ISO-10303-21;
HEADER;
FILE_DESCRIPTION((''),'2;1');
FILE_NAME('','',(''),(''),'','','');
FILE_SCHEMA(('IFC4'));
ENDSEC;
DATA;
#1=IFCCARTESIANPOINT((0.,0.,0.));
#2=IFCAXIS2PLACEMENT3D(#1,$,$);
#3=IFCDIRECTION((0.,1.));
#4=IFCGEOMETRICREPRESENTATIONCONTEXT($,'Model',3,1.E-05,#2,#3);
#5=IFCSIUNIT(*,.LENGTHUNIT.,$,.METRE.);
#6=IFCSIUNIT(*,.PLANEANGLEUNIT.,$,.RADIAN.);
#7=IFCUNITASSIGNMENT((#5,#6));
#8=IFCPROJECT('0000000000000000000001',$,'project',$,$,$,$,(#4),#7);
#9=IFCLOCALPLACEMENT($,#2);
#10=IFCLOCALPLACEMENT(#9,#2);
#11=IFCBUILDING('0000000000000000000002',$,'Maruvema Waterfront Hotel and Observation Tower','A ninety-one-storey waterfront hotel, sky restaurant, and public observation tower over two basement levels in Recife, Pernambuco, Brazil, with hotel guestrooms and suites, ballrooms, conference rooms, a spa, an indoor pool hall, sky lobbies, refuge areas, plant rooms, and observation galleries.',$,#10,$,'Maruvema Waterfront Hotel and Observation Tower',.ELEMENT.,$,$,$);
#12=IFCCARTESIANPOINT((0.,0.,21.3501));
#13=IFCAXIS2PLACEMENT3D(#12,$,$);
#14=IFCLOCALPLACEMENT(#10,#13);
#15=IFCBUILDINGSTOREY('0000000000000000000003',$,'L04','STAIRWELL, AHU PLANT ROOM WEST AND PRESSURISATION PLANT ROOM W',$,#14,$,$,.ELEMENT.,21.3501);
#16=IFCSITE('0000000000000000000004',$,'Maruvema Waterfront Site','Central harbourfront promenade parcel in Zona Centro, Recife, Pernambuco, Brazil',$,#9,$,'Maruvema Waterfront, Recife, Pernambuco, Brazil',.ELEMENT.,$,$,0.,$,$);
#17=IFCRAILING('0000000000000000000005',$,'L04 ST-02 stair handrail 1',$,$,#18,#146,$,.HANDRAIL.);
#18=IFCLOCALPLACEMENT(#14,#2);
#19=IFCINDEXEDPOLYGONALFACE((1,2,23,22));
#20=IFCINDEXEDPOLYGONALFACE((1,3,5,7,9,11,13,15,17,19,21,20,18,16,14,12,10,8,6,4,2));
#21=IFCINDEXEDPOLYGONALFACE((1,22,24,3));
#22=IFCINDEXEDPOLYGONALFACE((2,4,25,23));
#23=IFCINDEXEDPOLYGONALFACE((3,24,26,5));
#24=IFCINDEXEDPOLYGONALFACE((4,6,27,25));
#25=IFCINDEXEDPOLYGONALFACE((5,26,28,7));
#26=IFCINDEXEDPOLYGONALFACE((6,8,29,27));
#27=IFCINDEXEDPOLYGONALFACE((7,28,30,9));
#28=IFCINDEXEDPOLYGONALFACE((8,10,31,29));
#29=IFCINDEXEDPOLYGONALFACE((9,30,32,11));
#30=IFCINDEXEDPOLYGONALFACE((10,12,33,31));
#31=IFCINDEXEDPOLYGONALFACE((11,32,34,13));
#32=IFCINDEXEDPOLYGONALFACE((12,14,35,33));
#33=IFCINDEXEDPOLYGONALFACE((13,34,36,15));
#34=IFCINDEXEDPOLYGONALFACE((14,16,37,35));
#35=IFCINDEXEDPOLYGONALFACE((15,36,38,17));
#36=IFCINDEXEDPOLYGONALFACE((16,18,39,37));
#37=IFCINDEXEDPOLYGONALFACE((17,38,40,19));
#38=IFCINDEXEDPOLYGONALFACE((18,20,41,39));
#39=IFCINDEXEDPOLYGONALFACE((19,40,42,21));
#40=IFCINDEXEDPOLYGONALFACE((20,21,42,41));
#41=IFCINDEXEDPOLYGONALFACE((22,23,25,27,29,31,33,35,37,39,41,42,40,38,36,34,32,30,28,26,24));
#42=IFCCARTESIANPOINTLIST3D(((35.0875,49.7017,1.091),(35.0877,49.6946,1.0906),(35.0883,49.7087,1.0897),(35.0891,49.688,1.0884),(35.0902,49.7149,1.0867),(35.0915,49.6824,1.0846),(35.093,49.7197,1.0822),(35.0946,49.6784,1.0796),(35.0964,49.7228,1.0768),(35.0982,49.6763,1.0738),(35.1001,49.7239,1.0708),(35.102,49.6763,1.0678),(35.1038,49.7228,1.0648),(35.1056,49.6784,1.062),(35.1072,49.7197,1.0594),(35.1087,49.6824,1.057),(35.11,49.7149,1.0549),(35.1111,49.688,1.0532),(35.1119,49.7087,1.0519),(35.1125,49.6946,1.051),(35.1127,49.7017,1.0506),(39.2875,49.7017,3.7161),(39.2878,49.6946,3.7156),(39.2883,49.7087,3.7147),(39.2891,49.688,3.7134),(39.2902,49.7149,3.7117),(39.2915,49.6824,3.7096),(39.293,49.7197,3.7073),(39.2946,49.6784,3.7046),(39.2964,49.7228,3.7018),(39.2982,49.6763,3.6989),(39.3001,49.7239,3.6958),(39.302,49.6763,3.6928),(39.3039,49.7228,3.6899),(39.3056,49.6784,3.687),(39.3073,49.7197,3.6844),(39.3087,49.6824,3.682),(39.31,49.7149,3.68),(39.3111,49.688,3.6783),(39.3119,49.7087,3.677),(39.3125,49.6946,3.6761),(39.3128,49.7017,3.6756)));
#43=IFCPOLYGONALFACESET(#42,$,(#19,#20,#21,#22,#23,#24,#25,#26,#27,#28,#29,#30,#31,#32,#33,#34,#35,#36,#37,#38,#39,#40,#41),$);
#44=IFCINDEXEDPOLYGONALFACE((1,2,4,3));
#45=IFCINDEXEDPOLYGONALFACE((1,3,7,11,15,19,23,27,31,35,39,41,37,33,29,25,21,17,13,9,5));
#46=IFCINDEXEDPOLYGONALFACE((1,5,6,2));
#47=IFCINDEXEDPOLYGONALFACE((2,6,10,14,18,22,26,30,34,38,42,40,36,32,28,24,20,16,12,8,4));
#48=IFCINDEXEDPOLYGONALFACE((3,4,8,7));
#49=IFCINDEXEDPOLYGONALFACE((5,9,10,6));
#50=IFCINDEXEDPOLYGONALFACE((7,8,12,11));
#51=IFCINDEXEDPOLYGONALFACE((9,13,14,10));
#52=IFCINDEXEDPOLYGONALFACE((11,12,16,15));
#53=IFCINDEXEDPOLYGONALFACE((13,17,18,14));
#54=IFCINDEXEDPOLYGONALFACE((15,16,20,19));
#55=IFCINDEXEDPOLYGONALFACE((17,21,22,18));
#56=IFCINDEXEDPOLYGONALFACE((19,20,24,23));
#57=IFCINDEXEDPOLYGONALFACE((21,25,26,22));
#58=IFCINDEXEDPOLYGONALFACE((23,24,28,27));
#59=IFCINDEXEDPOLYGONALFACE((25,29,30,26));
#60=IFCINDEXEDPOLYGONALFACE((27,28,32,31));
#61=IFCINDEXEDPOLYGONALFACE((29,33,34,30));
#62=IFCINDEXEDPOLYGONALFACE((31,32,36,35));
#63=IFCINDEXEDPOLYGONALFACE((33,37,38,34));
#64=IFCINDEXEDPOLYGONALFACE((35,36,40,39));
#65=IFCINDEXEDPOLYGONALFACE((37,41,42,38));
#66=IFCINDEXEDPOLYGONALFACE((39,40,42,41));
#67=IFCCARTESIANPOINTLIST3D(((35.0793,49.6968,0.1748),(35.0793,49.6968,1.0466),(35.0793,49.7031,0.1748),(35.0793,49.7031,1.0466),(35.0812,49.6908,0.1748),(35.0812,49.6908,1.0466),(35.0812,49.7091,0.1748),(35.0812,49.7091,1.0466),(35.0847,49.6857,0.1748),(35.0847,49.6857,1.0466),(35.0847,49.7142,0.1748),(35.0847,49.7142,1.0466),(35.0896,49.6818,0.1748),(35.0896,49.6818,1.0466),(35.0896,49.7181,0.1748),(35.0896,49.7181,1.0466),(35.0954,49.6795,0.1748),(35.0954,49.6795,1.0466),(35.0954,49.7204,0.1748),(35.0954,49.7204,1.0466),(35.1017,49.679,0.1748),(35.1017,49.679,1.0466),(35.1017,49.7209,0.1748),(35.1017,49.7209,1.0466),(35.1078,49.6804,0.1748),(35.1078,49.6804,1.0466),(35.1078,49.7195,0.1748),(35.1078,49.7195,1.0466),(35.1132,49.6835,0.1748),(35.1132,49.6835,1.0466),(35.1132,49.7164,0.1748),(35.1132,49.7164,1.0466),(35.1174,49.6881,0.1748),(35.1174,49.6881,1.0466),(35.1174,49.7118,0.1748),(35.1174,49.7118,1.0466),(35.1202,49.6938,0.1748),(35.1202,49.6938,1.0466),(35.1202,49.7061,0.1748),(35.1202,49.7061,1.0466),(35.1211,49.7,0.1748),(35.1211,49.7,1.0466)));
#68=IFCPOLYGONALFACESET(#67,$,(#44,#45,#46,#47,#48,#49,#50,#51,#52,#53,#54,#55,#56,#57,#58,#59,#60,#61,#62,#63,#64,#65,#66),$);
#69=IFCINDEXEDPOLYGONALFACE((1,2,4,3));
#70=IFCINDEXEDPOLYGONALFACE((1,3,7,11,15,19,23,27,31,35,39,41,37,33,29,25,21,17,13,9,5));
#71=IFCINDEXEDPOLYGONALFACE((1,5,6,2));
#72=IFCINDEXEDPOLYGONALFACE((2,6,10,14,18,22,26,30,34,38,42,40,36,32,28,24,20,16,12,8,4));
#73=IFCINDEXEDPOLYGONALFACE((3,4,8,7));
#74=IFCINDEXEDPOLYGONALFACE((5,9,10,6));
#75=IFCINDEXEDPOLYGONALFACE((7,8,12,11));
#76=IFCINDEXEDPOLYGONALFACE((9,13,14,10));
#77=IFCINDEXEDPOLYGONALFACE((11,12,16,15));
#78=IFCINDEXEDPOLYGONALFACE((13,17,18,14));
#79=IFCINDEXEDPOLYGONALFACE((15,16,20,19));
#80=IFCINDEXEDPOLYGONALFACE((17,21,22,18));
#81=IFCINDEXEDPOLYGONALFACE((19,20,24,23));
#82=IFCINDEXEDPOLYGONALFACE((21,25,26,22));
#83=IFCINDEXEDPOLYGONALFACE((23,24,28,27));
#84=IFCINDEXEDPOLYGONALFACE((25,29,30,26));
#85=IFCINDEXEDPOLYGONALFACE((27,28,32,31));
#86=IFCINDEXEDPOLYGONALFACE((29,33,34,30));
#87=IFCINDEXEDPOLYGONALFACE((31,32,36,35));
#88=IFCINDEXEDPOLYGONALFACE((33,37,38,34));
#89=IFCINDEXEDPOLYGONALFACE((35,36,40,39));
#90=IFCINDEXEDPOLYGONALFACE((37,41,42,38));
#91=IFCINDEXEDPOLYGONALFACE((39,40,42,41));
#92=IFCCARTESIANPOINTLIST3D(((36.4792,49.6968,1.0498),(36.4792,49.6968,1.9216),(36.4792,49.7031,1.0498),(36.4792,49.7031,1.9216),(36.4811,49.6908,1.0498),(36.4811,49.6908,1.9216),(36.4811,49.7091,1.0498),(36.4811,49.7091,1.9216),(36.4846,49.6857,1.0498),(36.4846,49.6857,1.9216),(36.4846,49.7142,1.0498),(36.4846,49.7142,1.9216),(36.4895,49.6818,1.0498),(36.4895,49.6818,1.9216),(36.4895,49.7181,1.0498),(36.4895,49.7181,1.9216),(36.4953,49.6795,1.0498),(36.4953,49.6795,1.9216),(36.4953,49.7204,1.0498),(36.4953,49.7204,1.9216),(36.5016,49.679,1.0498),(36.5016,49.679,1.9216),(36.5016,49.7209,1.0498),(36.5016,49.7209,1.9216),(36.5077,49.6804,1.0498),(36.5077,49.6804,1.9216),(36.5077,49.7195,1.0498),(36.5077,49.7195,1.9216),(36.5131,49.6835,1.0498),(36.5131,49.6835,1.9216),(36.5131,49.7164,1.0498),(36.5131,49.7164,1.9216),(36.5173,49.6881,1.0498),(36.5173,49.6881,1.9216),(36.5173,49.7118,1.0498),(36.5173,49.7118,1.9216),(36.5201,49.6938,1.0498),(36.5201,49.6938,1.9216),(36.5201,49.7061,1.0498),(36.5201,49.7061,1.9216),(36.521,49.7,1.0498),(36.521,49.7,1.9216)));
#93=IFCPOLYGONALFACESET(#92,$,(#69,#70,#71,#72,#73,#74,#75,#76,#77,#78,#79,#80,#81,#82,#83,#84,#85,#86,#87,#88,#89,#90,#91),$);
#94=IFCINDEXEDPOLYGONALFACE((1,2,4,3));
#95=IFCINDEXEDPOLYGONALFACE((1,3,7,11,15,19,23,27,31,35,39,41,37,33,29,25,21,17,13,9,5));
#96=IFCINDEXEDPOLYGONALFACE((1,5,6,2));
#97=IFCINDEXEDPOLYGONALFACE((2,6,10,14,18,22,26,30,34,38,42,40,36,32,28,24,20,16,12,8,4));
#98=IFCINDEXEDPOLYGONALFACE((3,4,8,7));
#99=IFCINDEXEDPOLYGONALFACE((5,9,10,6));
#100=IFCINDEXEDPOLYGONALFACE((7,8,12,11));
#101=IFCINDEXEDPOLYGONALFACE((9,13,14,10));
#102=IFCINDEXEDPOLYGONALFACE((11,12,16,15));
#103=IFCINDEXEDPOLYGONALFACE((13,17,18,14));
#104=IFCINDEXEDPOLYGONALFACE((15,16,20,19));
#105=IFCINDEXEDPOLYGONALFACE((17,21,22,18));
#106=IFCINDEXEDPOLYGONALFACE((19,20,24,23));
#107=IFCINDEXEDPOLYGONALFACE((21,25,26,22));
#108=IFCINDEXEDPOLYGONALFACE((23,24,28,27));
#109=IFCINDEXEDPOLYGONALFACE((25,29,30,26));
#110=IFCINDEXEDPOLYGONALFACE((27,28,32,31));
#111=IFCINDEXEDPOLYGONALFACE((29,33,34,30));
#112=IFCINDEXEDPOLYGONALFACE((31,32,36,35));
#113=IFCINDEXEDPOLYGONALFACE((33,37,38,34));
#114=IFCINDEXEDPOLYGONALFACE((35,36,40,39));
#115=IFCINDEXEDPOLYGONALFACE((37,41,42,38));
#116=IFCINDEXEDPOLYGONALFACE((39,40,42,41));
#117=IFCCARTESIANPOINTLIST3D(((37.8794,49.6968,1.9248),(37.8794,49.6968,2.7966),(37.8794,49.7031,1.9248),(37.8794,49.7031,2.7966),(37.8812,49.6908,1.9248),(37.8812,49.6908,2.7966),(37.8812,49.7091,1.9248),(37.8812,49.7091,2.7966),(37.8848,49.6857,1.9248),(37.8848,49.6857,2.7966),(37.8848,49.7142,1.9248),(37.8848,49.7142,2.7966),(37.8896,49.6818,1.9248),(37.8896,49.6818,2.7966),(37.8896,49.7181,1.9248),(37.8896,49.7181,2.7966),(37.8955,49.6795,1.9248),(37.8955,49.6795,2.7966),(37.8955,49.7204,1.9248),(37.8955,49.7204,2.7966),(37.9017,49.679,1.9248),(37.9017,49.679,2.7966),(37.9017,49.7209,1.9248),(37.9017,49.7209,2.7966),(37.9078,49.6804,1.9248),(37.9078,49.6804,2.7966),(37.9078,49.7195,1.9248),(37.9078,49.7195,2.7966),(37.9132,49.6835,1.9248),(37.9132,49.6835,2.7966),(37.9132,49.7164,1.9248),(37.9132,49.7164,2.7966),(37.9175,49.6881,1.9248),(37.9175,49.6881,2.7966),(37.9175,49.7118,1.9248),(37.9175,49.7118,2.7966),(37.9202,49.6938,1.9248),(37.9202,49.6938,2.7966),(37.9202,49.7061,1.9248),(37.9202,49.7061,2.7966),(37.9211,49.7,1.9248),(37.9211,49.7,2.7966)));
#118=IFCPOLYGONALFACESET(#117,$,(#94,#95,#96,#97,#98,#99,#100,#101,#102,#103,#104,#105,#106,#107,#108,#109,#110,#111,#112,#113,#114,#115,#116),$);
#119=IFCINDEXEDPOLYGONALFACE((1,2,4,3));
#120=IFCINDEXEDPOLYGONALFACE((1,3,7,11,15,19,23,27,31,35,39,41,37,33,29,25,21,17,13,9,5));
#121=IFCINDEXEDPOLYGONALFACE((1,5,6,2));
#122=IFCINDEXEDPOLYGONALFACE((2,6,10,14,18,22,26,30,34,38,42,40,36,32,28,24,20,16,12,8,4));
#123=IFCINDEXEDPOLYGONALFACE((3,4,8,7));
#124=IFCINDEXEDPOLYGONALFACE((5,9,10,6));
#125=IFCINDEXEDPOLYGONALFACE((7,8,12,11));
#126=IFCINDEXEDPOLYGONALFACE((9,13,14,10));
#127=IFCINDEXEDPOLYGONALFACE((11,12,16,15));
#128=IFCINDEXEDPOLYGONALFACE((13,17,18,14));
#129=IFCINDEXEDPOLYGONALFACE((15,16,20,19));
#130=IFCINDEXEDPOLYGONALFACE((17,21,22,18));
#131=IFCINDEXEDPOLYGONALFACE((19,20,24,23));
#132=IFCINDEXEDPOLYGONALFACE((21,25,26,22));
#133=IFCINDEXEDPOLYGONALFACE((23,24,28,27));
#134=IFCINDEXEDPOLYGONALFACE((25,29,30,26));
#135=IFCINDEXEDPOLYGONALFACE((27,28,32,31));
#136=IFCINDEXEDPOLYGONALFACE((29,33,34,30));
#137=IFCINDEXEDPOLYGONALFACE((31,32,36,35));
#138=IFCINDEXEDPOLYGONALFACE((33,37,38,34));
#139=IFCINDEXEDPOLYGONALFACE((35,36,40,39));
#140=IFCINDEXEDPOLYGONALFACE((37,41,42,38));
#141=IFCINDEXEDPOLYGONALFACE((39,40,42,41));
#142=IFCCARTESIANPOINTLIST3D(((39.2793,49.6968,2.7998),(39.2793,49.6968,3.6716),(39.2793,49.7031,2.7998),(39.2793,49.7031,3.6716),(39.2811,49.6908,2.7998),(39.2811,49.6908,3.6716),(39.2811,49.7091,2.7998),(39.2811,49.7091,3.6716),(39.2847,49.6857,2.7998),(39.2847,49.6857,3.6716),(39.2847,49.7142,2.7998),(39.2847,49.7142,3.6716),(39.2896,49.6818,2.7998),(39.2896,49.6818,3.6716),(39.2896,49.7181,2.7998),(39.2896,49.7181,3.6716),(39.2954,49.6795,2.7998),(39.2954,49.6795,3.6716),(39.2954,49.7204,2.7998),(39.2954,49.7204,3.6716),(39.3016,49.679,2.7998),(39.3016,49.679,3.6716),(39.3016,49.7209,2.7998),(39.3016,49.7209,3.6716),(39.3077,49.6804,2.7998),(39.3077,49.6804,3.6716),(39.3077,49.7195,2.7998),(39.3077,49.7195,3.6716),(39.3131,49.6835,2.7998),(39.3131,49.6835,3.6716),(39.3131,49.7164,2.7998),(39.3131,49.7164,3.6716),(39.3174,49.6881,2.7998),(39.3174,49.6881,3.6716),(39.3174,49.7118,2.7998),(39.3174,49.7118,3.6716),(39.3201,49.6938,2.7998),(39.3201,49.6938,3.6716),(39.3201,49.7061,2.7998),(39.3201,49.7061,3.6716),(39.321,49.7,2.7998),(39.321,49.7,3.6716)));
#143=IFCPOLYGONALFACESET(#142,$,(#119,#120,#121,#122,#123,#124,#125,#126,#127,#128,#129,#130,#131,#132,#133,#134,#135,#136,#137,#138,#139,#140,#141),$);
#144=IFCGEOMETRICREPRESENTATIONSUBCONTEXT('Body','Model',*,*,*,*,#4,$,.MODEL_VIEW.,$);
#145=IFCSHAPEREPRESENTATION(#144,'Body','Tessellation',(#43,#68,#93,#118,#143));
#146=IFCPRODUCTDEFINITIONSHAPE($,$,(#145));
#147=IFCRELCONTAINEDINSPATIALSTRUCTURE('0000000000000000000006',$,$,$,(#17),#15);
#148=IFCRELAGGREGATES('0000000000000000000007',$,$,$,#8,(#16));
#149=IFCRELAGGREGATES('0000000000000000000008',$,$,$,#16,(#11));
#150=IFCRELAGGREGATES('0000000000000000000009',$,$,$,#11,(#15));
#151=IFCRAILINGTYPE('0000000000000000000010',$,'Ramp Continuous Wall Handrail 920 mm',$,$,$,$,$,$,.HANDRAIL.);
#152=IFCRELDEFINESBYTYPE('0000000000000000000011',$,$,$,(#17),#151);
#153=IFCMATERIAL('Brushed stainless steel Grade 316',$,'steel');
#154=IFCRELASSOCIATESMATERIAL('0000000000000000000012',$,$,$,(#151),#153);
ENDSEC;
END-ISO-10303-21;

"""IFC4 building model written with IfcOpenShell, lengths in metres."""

from ifc_helpers import new_model, si_unit, direction, frame, origin, origin_2d, place, context, subcontext, project, spatial, circle, extrude, material, type_object, element, save


model = new_model("IFC4")

# Units and contexts
model_context = context("Model", 3, precision=1e-05, world=origin(), true_north=direction((0.0, 1.0)))
body_context = subcontext(model_context, "Body", "Model", "MODEL_VIEW")
ifc_project = project(units=[si_unit("LENGTHUNIT", "METRE"), si_unit("PLANEANGLEUNIT", "RADIAN")], contexts=[model_context])

# Site, building, storey
site_placement = place(None, origin())
site = spatial("IfcSite", under=ifc_project, at=site_placement, Name="Maruvema Waterfront Site", Description="Central harbourfront promenade parcel in Zona Centro, Recife, Pernambuco, Brazil", LongName="Maruvema Waterfront, Recife, Pernambuco, Brazil", CompositionType="ELEMENT", RefElevation=0.0)
building_placement = place(site_placement, origin())
building = spatial("IfcBuilding", under=site, at=building_placement, Name="Maruvema Waterfront Hotel and Observation Tower", Description="A ninety-one-storey waterfront hotel, sky restaurant, and public observation tower over two basement levels in Recife, Pernambuco, Brazil, with hotel guestrooms and suites, ballrooms, conference rooms, a spa, an indoor pool hall, sky lobbies, refuge areas, plant rooms, and observation galleries.", LongName="Maruvema Waterfront Hotel and Observation Tower", CompositionType="ELEMENT")
storey_placement = place(building_placement, frame((0.0, 0.0, 21.3501)))
storey = spatial("IfcBuildingStorey", under=building, at=storey_placement, Name="L04", Description="STAIRWELL, AHU PLANT ROOM WEST AND PRESSURISATION PLANT ROOM W", CompositionType="ELEMENT", Elevation=21.3501)

# Railing
ifc_material_1 = material(Name="Brushed stainless steel Grade 316", Category="steel")
railing_type_1 = type_object("IfcRailingType", Name="Ramp Continuous Wall Handrail 920 mm", PredefinedType="HANDRAIL", material=ifc_material_1)
railing_1_placement = place(storey_placement, frame((35.1001, 49.7, 0.1748)))
element("IfcRailing", 1, at=railing_1_placement, inside=storey, type_object=railing_type_1, Name="L04 ST-02 stair handrail 1", PredefinedType="HANDRAIL", context=body_context, shape_type="SweptSolid", body=[
    extrude(circle(Radius=0.0239, at=origin_2d()), frame((0.0, 0.0, 0.896), z_axis=(0.847996, 0.0, 0.530003), x_axis=(0.0, 1.0, 0.0)), (0.0, 0.0, 1.0), 4.9529),
    extrude(circle(Radius=0.021, at=origin_2d()), origin(), (0.0, 0.0, 1.0), 0.8718),
    extrude(circle(Radius=0.021, at=origin_2d()), frame((1.3999, 0.0, 0.875)), (0.0, 0.0, 1.0), 0.8718),
    extrude(circle(Radius=0.021, at=origin_2d()), frame((2.8, 0.0, 1.75)), (0.0, 0.0, 1.0), 0.8718),
    extrude(circle(Radius=0.021, at=origin_2d()), frame((4.2, 0.0, 2.625)), (0.0, 0.0, 1.0), 0.8718),
])

save(model, "model.ifc")
